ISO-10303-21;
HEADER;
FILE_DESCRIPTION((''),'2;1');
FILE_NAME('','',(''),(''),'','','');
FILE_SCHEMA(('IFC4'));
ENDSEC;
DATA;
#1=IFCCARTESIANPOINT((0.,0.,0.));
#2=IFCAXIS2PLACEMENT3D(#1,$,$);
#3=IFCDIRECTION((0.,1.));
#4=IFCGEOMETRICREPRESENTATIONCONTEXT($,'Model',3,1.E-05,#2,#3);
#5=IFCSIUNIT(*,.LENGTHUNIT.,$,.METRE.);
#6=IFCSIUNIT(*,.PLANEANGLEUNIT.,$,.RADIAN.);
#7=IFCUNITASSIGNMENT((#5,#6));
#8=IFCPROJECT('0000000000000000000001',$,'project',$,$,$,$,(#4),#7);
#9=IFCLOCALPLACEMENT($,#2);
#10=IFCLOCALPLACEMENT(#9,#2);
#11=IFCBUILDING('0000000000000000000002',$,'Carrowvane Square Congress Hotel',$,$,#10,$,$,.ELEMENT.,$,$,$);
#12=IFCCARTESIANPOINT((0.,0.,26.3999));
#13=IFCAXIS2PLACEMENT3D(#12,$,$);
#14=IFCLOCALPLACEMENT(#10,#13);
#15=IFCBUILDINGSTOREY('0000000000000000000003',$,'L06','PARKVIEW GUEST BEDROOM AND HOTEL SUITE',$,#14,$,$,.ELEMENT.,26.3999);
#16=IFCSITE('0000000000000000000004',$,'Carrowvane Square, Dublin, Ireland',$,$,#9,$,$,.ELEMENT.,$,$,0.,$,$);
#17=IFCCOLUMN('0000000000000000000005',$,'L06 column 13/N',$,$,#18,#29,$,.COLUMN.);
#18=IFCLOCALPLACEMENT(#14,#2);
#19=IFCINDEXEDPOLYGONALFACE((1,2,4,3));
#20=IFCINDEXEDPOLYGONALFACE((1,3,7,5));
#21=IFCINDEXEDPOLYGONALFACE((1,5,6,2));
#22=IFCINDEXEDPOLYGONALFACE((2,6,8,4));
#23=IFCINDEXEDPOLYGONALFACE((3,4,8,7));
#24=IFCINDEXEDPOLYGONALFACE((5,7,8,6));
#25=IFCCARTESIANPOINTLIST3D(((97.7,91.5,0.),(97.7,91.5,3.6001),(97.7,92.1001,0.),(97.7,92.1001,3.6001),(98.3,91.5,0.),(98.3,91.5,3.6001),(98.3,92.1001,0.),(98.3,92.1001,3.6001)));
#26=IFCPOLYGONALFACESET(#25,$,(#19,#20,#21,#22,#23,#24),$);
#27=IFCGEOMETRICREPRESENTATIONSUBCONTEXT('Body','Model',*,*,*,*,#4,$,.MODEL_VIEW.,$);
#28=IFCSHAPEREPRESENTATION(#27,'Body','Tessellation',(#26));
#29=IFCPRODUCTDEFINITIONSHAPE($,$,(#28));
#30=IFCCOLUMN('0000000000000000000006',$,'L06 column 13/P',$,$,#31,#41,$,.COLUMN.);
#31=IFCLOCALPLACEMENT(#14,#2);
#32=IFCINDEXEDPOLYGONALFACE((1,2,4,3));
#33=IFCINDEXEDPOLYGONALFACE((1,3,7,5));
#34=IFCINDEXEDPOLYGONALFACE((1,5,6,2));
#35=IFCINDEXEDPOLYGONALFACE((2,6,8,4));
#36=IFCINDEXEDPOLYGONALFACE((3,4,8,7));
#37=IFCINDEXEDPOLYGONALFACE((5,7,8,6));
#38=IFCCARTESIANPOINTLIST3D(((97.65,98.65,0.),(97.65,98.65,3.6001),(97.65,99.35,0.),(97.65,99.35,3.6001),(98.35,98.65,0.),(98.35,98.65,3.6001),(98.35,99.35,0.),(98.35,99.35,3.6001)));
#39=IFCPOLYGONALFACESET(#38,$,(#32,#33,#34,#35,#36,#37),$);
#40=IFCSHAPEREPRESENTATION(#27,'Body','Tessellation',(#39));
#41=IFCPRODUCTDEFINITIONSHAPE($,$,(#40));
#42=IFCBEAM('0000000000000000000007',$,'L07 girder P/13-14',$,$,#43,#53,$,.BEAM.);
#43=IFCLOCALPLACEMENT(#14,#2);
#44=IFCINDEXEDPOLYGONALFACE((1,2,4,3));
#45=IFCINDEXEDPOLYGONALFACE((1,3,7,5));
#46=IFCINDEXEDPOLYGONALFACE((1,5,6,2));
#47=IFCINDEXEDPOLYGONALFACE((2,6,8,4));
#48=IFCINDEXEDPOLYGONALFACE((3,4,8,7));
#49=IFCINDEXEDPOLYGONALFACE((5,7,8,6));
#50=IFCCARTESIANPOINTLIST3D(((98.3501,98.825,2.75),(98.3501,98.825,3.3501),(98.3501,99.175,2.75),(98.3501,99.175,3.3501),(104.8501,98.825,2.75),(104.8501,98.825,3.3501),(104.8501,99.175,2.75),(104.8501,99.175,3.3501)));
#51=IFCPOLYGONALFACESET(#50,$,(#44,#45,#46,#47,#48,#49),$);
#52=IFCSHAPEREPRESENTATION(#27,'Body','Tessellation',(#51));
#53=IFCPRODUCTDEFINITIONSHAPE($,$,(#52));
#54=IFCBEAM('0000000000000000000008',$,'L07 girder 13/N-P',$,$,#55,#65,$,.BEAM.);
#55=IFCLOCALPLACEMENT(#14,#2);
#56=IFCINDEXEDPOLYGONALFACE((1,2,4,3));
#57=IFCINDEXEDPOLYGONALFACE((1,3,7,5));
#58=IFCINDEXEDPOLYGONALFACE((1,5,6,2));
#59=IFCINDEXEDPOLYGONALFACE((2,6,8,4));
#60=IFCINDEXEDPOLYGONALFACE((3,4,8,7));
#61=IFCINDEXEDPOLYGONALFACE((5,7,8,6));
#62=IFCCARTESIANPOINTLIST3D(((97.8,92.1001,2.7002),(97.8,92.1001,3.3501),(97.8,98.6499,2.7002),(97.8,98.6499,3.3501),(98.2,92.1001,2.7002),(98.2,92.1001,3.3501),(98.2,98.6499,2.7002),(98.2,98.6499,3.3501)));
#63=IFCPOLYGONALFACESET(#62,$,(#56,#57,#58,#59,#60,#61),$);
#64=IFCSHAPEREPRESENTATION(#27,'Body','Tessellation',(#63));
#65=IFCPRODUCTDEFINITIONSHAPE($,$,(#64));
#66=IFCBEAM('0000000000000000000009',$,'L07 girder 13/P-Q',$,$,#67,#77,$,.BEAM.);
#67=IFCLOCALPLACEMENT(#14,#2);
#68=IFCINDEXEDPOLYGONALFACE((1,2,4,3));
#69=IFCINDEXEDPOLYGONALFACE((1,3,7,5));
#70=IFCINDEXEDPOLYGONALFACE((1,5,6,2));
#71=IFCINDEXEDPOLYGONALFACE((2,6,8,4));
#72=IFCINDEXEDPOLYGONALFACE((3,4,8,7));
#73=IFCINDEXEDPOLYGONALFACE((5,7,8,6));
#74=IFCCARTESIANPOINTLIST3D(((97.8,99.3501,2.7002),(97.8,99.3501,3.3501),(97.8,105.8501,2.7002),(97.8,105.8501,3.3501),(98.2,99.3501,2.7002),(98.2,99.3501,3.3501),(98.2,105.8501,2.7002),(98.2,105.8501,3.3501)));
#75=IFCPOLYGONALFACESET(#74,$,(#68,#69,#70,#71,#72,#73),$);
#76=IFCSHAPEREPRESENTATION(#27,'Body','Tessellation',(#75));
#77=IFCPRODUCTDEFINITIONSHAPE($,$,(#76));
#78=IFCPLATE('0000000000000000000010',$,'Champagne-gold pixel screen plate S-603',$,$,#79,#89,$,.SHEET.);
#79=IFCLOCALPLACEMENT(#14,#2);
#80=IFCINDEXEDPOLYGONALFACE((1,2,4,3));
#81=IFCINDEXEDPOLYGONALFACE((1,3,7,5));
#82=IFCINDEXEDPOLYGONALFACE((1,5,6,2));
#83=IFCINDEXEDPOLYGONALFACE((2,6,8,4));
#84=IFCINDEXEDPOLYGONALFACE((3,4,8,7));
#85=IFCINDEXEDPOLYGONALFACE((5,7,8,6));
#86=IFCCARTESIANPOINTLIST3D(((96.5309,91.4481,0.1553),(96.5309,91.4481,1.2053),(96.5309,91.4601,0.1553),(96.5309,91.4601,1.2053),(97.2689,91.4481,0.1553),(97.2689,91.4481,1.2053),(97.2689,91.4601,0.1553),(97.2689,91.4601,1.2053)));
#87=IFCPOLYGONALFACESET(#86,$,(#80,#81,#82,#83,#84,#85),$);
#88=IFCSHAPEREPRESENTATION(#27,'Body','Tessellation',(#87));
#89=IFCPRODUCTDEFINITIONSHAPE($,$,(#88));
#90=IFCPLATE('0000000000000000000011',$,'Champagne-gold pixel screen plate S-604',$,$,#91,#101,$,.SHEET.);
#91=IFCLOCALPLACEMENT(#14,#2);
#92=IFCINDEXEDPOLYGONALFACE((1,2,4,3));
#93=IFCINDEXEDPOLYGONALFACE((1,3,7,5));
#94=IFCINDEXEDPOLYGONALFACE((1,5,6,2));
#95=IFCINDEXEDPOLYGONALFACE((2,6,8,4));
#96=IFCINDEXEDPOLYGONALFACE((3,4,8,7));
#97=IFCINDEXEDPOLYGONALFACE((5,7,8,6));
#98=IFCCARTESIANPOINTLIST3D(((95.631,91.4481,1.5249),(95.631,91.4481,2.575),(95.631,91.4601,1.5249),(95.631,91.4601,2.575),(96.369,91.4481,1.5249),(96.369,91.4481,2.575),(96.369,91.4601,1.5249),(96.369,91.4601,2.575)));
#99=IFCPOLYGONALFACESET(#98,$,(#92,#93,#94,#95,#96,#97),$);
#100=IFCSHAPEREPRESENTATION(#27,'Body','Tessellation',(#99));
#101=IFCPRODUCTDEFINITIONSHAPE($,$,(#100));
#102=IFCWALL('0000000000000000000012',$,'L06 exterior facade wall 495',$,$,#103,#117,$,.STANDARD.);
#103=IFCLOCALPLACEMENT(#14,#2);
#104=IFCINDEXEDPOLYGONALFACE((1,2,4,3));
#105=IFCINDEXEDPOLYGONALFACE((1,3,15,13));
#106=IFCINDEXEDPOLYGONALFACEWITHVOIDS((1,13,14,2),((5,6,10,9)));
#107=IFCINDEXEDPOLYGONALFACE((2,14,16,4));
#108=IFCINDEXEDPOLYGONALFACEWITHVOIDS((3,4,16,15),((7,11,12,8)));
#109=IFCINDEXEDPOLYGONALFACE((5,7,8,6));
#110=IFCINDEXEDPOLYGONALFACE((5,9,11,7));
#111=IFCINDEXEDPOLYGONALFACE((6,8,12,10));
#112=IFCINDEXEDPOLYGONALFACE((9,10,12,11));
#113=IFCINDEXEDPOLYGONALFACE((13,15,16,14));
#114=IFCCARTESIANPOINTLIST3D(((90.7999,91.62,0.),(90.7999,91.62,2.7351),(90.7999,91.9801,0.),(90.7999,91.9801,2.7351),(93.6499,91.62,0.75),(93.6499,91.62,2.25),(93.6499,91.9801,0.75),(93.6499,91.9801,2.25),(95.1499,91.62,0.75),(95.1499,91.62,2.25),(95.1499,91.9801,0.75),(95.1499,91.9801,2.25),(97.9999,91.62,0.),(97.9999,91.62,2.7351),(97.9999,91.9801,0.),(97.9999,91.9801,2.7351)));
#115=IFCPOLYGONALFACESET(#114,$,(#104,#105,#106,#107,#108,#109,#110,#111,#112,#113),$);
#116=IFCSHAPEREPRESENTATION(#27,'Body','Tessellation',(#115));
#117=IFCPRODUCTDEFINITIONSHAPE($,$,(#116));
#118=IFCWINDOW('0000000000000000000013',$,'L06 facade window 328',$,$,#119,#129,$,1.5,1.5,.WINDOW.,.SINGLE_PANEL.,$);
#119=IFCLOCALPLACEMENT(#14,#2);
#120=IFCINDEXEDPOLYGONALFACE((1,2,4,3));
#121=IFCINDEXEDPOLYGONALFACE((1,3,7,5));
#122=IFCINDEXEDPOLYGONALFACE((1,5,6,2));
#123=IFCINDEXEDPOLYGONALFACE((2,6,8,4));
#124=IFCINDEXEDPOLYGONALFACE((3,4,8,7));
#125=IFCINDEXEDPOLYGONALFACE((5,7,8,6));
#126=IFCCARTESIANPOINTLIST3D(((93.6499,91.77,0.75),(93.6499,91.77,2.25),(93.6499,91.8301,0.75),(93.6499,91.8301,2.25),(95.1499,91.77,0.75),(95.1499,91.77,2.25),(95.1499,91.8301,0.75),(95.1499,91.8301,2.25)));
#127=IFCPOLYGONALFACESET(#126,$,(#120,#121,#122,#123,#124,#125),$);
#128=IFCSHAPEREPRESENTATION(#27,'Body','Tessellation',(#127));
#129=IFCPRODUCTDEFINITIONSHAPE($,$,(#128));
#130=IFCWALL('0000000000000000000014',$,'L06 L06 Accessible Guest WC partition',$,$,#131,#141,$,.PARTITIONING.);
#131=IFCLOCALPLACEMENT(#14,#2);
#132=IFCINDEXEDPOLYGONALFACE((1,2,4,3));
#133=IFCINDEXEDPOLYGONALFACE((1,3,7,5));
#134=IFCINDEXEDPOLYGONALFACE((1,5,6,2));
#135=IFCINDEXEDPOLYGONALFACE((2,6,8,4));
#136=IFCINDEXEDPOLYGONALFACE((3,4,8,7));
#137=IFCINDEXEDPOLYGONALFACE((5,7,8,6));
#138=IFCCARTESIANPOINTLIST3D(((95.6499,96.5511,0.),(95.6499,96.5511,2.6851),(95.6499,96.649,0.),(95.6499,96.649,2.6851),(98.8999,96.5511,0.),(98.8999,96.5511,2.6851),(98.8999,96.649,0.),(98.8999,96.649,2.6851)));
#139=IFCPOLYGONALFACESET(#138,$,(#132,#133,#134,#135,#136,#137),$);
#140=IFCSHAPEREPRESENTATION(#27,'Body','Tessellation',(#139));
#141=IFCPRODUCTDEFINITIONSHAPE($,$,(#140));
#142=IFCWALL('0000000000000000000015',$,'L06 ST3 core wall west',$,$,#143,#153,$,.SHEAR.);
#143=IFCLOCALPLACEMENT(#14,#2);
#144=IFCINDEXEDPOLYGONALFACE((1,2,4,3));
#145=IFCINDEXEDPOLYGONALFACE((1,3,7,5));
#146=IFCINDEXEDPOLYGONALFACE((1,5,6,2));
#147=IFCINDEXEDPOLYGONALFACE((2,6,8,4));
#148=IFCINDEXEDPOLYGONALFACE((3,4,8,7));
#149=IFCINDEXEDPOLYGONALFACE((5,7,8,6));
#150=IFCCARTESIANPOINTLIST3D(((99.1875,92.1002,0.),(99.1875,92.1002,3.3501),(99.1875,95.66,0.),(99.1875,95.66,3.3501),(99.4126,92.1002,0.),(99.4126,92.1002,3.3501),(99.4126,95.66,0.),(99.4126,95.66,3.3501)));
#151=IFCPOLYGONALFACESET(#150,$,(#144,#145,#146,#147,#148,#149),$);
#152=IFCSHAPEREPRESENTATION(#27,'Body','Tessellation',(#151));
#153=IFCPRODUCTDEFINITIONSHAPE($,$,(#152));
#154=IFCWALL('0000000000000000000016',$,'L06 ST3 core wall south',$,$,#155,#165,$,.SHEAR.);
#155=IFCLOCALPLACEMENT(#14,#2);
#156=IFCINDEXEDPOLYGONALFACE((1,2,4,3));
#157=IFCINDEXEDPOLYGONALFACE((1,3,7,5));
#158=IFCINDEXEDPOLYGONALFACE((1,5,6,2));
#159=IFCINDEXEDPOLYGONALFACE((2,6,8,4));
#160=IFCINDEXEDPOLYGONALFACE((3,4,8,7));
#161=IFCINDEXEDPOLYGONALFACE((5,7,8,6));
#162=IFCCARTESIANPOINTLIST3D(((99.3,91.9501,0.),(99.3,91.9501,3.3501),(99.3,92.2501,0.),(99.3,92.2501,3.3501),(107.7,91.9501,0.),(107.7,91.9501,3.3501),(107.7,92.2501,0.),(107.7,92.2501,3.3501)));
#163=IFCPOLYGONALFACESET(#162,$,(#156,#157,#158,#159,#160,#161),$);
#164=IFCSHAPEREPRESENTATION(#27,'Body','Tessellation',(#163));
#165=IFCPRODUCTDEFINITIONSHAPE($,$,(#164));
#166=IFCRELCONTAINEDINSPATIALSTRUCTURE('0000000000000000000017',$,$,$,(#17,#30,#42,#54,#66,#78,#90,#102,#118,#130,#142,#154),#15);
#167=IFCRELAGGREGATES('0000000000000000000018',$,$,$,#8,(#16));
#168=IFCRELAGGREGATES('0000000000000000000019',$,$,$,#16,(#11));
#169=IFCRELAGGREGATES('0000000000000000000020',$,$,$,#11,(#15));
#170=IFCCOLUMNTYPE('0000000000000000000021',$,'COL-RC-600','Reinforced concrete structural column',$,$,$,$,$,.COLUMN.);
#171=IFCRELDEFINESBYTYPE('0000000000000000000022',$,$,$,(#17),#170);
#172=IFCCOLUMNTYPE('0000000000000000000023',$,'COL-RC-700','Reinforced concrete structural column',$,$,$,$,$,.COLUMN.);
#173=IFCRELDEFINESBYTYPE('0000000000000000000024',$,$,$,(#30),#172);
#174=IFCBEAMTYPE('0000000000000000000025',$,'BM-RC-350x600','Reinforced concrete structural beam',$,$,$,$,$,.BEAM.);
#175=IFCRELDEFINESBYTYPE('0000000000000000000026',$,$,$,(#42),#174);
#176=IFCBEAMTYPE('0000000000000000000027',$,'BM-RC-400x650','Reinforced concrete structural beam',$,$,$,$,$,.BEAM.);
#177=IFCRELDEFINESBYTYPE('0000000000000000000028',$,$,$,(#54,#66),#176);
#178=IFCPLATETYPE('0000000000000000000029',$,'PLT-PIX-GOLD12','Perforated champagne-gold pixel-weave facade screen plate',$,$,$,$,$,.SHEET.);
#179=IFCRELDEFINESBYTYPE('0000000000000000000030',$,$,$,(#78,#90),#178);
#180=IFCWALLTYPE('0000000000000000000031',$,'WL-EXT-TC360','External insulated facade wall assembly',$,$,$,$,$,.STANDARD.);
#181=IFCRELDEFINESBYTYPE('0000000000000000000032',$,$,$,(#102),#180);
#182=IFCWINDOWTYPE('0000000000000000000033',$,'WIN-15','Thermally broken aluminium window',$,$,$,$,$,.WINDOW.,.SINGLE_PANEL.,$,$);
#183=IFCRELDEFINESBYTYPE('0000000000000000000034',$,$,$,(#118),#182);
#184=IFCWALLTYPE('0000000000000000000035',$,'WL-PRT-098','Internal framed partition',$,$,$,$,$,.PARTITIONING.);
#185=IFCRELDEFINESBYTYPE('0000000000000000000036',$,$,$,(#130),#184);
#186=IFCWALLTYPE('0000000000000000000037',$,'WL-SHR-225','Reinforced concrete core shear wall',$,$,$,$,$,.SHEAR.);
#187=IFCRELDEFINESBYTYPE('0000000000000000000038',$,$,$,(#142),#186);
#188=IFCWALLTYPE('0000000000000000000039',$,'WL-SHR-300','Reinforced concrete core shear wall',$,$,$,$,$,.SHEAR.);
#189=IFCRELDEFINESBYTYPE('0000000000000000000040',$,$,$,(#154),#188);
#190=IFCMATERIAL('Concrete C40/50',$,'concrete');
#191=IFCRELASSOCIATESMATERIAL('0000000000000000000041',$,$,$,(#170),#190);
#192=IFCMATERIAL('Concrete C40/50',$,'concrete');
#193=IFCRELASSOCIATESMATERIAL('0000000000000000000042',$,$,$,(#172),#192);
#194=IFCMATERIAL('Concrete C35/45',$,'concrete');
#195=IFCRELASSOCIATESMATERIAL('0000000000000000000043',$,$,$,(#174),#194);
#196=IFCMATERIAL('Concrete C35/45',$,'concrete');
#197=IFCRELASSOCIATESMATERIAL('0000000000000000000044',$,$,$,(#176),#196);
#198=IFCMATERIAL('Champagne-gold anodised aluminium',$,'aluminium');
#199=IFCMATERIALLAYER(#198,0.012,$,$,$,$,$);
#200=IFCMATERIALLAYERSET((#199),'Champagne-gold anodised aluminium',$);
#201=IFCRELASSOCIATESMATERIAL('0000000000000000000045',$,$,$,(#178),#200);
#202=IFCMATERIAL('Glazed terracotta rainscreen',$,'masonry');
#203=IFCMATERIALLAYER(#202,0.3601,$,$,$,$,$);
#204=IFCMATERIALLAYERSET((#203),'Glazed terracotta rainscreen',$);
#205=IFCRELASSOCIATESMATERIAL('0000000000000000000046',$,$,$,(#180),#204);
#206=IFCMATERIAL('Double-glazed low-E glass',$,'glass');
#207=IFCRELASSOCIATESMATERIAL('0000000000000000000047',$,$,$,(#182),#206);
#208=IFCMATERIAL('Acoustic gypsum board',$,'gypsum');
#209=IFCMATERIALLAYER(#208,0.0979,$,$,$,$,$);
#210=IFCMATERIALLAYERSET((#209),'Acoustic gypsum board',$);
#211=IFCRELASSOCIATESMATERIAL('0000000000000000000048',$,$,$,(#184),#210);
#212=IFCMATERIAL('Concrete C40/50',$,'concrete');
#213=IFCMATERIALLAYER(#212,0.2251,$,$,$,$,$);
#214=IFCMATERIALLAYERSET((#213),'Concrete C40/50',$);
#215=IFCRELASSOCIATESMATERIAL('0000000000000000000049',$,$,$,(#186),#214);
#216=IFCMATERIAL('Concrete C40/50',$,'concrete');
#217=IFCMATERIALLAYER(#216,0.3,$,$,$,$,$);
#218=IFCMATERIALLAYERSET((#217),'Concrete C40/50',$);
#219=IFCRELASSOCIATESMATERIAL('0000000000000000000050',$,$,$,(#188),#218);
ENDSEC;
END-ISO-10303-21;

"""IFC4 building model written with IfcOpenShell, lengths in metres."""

from ifc_helpers import new_model, si_unit, direction, frame, frame_2d, origin, origin_2d, place, context, subcontext, project, spatial, rectangle, extrude, material, layer, layer_set, material_profile, profile_set, type_object, element, fill, save


model = new_model("IFC4")

# Units and contexts
model_context = context("Model", 3, precision=1e-05, world=origin(), true_north=direction((0.0, 1.0)))
body_context = subcontext(model_context, "Body", "Model", "MODEL_VIEW")
ifc_project = project(units=[si_unit("LENGTHUNIT", "METRE"), si_unit("PLANEANGLEUNIT", "RADIAN")], contexts=[model_context])

# Site, building, storey
site_placement = place(None, origin())
site = spatial("IfcSite", under=ifc_project, at=site_placement, Name="Carrowvane Square, Dublin, Ireland", CompositionType="ELEMENT", RefElevation=0.0)
building_placement = place(site_placement, origin())
building = spatial("IfcBuilding", under=site, at=building_placement, Name="Carrowvane Square Congress Hotel", CompositionType="ELEMENT")
storey_placement = place(building_placement, frame((0.0, 0.0, 26.3999)))
storey = spatial("IfcBuildingStorey", under=building, at=storey_placement, Name="L06", Description="PARKVIEW GUEST BEDROOM AND HOTEL SUITE", CompositionType="ELEMENT", Elevation=26.3999)

# Columns
ifc_material_1 = material(Name="Concrete C40/50", Category="concrete")
ifc_material_profile_1 = material_profile(ifc_material_1, rectangle(XDim=0.6001, YDim=0.6001, at=origin_2d()), Name="RC 600x600")
ifc_profile_set_1 = profile_set([ifc_material_profile_1], Name="Concrete C40/50")
column_type_1 = type_object("IfcColumnType", Name="COL-RC-600", Description="Reinforced concrete structural column", PredefinedType="COLUMN", material=ifc_profile_set_1)
column_1_placement = place(storey_placement, frame((98.0, 91.8, 0.0), z_axis=(0.0, 0.0, 1.0), x_axis=(1.0, 0.0, 0.0)))
element("IfcColumn", 1, at=column_1_placement, inside=storey, type_object=column_type_1, Name="L06 column 13/N", PredefinedType="COLUMN", context=body_context, shape_type="SweptSolid", body=[
    extrude(rectangle(XDim=0.6001, YDim=0.6001, at=origin_2d()), origin(), (0.0, 0.0, 1.0), 3.6001),
])
ifc_material_2 = material(Name="Concrete C40/50", Category="concrete")
ifc_material_profile_2 = material_profile(ifc_material_2, rectangle(XDim=0.7, YDim=0.7, at=origin_2d()), Name="RC 700x700")
ifc_profile_set_2 = profile_set([ifc_material_profile_2], Name="Concrete C40/50")
column_type_2 = type_object("IfcColumnType", Name="COL-RC-700", Description="Reinforced concrete structural column", PredefinedType="COLUMN", material=ifc_profile_set_2)
column_2_placement = place(storey_placement, frame((98.0, 99.0, 0.0), z_axis=(0.0, 0.0, 1.0), x_axis=(1.0, 0.0, 0.0)))
element("IfcColumn", 2, at=column_2_placement, inside=storey, type_object=column_type_2, Name="L06 column 13/P", PredefinedType="COLUMN", context=body_context, shape_type="SweptSolid", body=[
    extrude(rectangle(XDim=0.7, YDim=0.7, at=origin_2d()), origin(), (0.0, 0.0, 1.0), 3.6001),
])

# Beams
ifc_material_3 = material(Name="Concrete C35/45", Category="concrete")
ifc_material_profile_3 = material_profile(ifc_material_3, rectangle(XDim=0.3501, YDim=0.6001, at=origin_2d()), Name="RC 350x600")
ifc_profile_set_3 = profile_set([ifc_material_profile_3], Name="Concrete C35/45")
beam_type_1 = type_object("IfcBeamType", Name="BM-RC-350x600", Description="Reinforced concrete structural beam", PredefinedType="BEAM", material=ifc_profile_set_3)
beam_1_placement = place(storey_placement, frame((98.3501, 99.0, 3.05), z_axis=(1.0, 0.0, 0.0), x_axis=(0.0, 1.0, 0.0)))
element("IfcBeam", 3, at=beam_1_placement, inside=storey, type_object=beam_type_1, Name="L07 girder P/13-14", PredefinedType="BEAM", context=body_context, shape_type="SweptSolid", body=[
    extrude(rectangle(XDim=0.3501, YDim=0.6001, at=origin_2d()), origin(), (0.0, 0.0, 1.0), 6.5),
])
ifc_material_4 = material(Name="Concrete C35/45", Category="concrete")
ifc_material_profile_4 = material_profile(ifc_material_4, rectangle(XDim=0.3999, YDim=0.6499, at=origin_2d()), Name="RC 400x650")
ifc_profile_set_4 = profile_set([ifc_material_profile_4], Name="Concrete C35/45")
beam_type_2 = type_object("IfcBeamType", Name="BM-RC-400x650", Description="Reinforced concrete structural beam", PredefinedType="BEAM", material=ifc_profile_set_4)
beam_2_placement = place(storey_placement, frame((98.0, 92.1001, 3.0251), z_axis=(0.0, 1.0, 0.0), x_axis=(-1.0, 0.0, 0.0)))
element("IfcBeam", 4, at=beam_2_placement, inside=storey, type_object=beam_type_2, Name="L07 girder 13/N-P", PredefinedType="BEAM", context=body_context, shape_type="SweptSolid", body=[
    extrude(rectangle(XDim=0.3999, YDim=0.6499, at=origin_2d()), origin(), (0.0, 0.0, 1.0), 6.5498),
])
beam_3_placement = place(storey_placement, frame((98.0, 99.3501, 3.0251), z_axis=(0.0, 1.0, 0.0), x_axis=(-1.0, 0.0, 0.0)))
element("IfcBeam", 5, at=beam_3_placement, inside=storey, type_object=beam_type_2, Name="L07 girder 13/P-Q", PredefinedType="BEAM", context=body_context, shape_type="SweptSolid", body=[
    extrude(rectangle(XDim=0.3999, YDim=0.6499, at=origin_2d()), origin(), (0.0, 0.0, 1.0), 6.5),
])

# Plates
ifc_material_5 = material(Name="Champagne-gold anodised aluminium", Category="aluminium")
ifc_layer_1 = layer(ifc_material_5, 0.012)
ifc_layer_set_1 = layer_set([ifc_layer_1], Name="Champagne-gold anodised aluminium")
plate_type = type_object("IfcPlateType", Name="PLT-PIX-GOLD12", Description="Perforated champagne-gold pixel-weave facade screen plate", PredefinedType="SHEET", material=ifc_layer_set_1)
for number, where, z_axis, x_axis, name in (
    (6, (96.8999, 91.4541, 0.1553), (0.0, 0.0, 1.0), (-1.0, 0.0, 0.0), "Champagne-gold pixel screen plate S-603"),
    (7, (96.0, 91.4541, 1.5249), (0.0, 0.0, 1.0), (-1.0, 0.0, 0.0), "Champagne-gold pixel screen plate S-604"),
):
    element("IfcPlate", number, at=place(storey_placement, frame(where, z_axis=z_axis, x_axis=x_axis)), inside=storey, type_object=plate_type, Name=name, PredefinedType="SHEET", context=body_context, shape_type="SweptSolid", body=[
        extrude(rectangle(XDim=0.738, YDim=0.012, at=origin_2d()), origin(), (0.0, 0.0, 1.0), 1.05),
    ])

# Wall, opening, window
ifc_material_6 = material(Name="Glazed terracotta rainscreen", Category="masonry")
ifc_layer_2 = layer(ifc_material_6, 0.3601)
ifc_layer_set_2 = layer_set([ifc_layer_2], Name="Glazed terracotta rainscreen")
wall_type_1 = type_object("IfcWallType", Name="WL-EXT-TC360", Description="External insulated facade wall assembly", PredefinedType="STANDARD", material=ifc_layer_set_2)
wall_1_placement = place(storey_placement, frame((98.0, 91.8, 0.0), z_axis=(0.0, 0.0, 1.0), x_axis=(-1.0, 0.0, 0.0)))
wall_1 = element("IfcWall", 8, at=wall_1_placement, inside=storey, type_object=wall_type_1, Name="L06 exterior facade wall 495", PredefinedType="STANDARD", context=body_context, shape_type="SweptSolid", body=[
    extrude(rectangle(XDim=7.2, YDim=0.3601, at=frame_2d((3.6001, 0.0))), origin(), (0.0, 0.0, 1.0), 2.7351),
])
opening_placement = place(wall_1_placement, frame((2.8501, 0.0, 0.75)))
opening = element("IfcOpeningElement", 9, at=opening_placement, cuts=wall_1, PredefinedType="OPENING", context=body_context, shape_type="SweptSolid", body=[
    extrude(rectangle(XDim=1.5, YDim=1.5, at=frame_2d((0.75, 0.75))), frame((0.0, 0.1899, 0.0), z_axis=(0.0, -1.0, 0.0), x_axis=(1.0, 0.0, 0.0)), (0.0, 0.0, 1.0), 0.3801),
])
ifc_material_7 = material(Name="Double-glazed low-E glass", Category="glass")
window_type = type_object("IfcWindowType", Name="WIN-15", Description="Thermally broken aluminium window", PartitioningType="SINGLE_PANEL", PredefinedType="WINDOW", material=ifc_material_7)
window_placement = place(opening_placement, origin())
window = element("IfcWindow", 10, at=window_placement, inside=storey, type_object=window_type, Name="L06 facade window 328", OverallHeight=1.5, OverallWidth=1.5, PartitioningType="SINGLE_PANEL", PredefinedType="WINDOW", context=body_context, shape_type="SweptSolid", body=[
    extrude(rectangle(XDim=1.5, YDim=1.5, at=frame_2d((0.75, 0.75))), frame((0.0, 0.03, 0.0), z_axis=(0.0, -1.0, 0.0), x_axis=(1.0, 0.0, 0.0)), (0.0, 0.0, 1.0), 0.0601),
])
fill(opening, window)

# Walls
ifc_material_8 = material(Name="Acoustic gypsum board", Category="gypsum")
ifc_layer_3 = layer(ifc_material_8, 0.0979)
ifc_layer_set_3 = layer_set([ifc_layer_3], Name="Acoustic gypsum board")
wall_type_2 = type_object("IfcWallType", Name="WL-PRT-098", Description="Internal framed partition", PredefinedType="PARTITIONING", material=ifc_layer_set_3)
wall_2_placement = place(storey_placement, frame((98.8999, 96.6001, 0.0), z_axis=(0.0, 0.0, 1.0), x_axis=(-1.0, 0.0, 0.0)))
element("IfcWall", 11, at=wall_2_placement, inside=storey, type_object=wall_type_2, Name="L06 L06 Accessible Guest WC partition", PredefinedType="PARTITIONING", context=body_context, shape_type="SweptSolid", body=[
    extrude(rectangle(XDim=3.25, YDim=0.0979, at=frame_2d((1.625, 0.0))), origin(), (0.0, 0.0, 1.0), 2.6851),
])
ifc_material_9 = material(Name="Concrete C40/50", Category="concrete")
ifc_layer_4 = layer(ifc_material_9, 0.2251)
ifc_layer_set_4 = layer_set([ifc_layer_4], Name="Concrete C40/50")
wall_type_3 = type_object("IfcWallType", Name="WL-SHR-225", Description="Reinforced concrete core shear wall", PredefinedType="SHEAR", material=ifc_layer_set_4)
wall_3_placement = place(storey_placement, frame((99.3, 95.6599, 0.0), z_axis=(0.0, 0.0, 1.0), x_axis=(0.0, -1.0, 0.0)))
element("IfcWall", 12, at=wall_3_placement, inside=storey, type_object=wall_type_3, Name="L06 ST3 core wall west", PredefinedType="SHEAR", context=body_context, shape_type="SweptSolid", body=[
    extrude(rectangle(XDim=3.5598, YDim=0.2251, at=frame_2d((1.7798, 0.0))), origin(), (0.0, 0.0, 1.0), 3.3501),
])
ifc_material_10 = material(Name="Concrete C40/50", Category="concrete")
ifc_layer_5 = layer(ifc_material_10, 0.3)
ifc_layer_set_5 = layer_set([ifc_layer_5], Name="Concrete C40/50")
wall_type_4 = type_object("IfcWallType", Name="WL-SHR-300", Description="Reinforced concrete core shear wall", PredefinedType="SHEAR", material=ifc_layer_set_5)
wall_4_placement = place(storey_placement, frame((99.3, 92.1001, 0.0), z_axis=(0.0, 0.0, 1.0), x_axis=(1.0, 0.0, 0.0)))
element("IfcWall", 13, at=wall_4_placement, inside=storey, type_object=wall_type_4, Name="L06 ST3 core wall south", PredefinedType="SHEAR", context=body_context, shape_type="SweptSolid", body=[
    extrude(rectangle(XDim=8.3999, YDim=0.3, at=frame_2d((4.2, 0.0))), origin(), (0.0, 0.0, 1.0), 3.3501),
])

save(model, "model.ifc")
